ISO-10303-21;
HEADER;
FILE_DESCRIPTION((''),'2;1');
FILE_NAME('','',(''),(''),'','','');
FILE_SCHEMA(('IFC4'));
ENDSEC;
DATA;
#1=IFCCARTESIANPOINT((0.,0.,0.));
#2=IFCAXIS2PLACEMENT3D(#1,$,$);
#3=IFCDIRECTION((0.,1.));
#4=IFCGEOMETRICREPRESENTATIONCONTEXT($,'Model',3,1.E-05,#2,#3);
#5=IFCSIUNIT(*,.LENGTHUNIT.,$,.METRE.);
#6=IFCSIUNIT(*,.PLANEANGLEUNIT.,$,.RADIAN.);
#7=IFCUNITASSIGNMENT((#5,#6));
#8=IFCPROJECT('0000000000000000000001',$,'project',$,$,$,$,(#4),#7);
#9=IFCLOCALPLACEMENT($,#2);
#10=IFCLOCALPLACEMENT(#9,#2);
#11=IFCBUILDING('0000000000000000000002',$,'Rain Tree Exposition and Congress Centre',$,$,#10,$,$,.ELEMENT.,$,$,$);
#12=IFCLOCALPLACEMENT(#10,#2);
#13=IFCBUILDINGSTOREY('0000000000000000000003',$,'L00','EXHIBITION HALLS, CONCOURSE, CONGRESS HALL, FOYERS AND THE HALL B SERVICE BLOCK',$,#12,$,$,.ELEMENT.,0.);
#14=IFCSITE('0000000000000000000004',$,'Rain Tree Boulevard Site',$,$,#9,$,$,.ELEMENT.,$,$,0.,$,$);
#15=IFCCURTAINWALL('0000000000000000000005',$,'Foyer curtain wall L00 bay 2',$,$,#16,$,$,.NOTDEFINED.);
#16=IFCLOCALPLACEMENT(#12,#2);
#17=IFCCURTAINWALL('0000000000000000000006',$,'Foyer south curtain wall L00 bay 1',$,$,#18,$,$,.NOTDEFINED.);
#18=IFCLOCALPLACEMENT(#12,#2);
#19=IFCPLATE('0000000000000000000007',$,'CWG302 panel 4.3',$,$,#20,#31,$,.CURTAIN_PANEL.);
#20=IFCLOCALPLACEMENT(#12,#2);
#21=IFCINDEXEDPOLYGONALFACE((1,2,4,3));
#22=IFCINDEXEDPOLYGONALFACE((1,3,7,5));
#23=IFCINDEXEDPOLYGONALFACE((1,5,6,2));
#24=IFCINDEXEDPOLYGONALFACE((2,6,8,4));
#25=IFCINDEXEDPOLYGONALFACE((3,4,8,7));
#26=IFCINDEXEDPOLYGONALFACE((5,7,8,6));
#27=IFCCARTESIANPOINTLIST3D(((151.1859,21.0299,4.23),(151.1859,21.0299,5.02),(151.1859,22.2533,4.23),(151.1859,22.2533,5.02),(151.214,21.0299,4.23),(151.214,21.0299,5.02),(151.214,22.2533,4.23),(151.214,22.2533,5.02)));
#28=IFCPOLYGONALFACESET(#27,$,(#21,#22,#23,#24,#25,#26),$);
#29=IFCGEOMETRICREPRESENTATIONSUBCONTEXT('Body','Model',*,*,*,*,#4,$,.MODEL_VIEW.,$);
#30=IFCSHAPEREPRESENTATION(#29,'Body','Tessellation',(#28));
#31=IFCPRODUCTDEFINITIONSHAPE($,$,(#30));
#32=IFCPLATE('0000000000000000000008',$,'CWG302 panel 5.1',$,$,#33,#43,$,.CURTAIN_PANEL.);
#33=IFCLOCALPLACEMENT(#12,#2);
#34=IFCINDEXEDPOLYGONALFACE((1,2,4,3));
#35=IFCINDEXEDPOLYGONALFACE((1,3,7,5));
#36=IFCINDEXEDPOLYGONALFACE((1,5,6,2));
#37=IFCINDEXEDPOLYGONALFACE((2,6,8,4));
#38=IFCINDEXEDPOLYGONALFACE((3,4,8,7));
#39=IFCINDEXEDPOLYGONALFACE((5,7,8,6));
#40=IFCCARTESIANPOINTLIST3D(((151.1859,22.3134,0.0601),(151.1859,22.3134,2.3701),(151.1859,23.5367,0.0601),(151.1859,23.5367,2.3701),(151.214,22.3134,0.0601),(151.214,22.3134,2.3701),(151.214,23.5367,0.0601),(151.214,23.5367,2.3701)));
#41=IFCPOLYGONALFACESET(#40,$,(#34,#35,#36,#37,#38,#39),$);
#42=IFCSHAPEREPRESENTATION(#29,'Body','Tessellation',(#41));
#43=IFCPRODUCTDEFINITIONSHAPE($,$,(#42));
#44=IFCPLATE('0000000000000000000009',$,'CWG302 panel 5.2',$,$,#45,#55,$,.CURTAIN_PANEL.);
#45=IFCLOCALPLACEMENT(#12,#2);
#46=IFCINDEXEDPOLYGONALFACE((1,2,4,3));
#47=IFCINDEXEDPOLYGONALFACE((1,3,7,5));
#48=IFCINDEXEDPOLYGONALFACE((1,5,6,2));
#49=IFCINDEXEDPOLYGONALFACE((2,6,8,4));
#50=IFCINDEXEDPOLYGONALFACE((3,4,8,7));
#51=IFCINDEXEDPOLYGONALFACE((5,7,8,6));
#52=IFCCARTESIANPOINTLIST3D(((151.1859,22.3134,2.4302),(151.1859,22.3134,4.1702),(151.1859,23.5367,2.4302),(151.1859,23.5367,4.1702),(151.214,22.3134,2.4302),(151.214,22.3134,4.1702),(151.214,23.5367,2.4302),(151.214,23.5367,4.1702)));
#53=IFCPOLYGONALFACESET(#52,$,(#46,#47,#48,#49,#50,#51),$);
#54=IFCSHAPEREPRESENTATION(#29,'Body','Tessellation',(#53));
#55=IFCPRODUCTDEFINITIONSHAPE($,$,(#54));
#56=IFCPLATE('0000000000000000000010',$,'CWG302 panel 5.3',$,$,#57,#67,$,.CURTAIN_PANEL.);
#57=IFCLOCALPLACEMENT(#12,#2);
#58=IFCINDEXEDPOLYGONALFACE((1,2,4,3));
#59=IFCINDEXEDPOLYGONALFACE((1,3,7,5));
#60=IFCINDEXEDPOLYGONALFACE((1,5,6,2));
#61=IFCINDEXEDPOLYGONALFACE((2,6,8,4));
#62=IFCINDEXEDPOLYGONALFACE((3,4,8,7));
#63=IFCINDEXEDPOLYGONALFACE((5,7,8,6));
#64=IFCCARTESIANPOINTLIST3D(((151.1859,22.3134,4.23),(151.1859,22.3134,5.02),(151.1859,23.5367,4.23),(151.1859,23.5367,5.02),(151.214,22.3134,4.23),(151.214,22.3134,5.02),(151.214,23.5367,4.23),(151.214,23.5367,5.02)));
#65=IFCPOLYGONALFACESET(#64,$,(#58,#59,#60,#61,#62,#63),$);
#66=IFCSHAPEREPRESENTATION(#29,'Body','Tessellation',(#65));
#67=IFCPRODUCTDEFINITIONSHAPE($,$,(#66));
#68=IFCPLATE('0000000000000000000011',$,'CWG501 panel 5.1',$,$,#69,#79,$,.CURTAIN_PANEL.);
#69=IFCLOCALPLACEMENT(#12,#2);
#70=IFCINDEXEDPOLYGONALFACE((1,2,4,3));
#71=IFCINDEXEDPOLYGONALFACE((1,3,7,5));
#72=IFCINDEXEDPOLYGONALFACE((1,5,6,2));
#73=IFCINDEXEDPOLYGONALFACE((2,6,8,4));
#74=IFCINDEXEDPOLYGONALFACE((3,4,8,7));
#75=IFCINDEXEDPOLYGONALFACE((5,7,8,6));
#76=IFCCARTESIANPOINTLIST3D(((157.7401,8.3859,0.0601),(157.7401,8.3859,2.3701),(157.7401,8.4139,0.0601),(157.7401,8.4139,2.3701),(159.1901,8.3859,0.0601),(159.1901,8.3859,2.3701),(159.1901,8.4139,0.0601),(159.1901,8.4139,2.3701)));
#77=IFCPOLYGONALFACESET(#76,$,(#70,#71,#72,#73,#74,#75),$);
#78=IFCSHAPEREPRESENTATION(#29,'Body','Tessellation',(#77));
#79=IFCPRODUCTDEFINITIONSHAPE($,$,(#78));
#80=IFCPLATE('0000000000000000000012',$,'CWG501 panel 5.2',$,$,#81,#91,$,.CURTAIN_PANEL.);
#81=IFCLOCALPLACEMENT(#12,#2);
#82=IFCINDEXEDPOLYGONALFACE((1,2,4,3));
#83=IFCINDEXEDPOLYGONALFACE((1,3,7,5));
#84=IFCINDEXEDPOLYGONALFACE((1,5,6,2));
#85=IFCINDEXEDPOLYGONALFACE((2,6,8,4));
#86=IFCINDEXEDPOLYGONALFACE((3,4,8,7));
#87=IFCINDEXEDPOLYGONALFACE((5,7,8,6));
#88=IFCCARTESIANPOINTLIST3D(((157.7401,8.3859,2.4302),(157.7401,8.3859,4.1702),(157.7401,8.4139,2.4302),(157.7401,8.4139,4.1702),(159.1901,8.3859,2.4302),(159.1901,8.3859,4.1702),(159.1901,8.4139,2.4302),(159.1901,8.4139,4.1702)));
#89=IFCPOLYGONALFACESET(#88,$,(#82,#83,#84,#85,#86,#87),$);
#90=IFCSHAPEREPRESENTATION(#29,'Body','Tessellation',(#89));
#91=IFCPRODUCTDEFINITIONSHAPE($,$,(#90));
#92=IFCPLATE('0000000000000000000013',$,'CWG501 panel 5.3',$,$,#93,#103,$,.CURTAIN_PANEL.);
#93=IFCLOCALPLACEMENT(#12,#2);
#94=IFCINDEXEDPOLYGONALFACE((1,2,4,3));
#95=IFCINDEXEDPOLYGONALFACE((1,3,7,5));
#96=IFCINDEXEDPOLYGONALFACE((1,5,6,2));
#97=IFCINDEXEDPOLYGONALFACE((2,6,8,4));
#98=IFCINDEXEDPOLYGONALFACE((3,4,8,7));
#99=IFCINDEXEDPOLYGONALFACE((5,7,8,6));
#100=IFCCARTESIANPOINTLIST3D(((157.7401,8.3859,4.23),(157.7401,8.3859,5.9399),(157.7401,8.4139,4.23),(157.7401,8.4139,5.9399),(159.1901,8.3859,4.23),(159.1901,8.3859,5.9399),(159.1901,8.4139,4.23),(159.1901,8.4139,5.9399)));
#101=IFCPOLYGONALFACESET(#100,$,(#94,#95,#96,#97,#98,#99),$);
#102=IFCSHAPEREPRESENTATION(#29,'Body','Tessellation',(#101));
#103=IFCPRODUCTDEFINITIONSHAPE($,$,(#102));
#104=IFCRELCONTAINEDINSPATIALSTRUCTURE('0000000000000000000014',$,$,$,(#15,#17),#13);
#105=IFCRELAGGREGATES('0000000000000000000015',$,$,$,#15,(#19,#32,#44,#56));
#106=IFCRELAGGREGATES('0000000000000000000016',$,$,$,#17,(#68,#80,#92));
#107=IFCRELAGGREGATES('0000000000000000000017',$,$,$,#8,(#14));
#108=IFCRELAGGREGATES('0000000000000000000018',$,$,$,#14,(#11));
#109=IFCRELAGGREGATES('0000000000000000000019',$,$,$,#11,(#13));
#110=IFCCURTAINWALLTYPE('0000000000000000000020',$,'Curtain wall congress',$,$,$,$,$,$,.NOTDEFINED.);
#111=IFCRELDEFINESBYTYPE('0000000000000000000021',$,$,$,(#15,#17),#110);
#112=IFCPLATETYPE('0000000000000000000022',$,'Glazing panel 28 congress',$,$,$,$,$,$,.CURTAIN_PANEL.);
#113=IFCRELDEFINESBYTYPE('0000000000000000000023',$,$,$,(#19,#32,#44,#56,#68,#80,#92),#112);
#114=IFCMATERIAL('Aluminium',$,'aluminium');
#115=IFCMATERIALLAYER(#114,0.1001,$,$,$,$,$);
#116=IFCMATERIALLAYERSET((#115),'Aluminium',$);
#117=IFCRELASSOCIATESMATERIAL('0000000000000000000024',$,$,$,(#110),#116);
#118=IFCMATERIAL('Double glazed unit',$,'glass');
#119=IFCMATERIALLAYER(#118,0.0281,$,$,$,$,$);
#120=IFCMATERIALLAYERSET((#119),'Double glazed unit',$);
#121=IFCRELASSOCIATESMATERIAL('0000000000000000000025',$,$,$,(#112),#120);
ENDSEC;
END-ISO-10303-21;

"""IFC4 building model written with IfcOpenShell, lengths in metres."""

from ifc_helpers import new_model, si_unit, direction, frame, origin, origin_2d, place, context, subcontext, project, spatial, rectangle, extrude, material, layer, layer_set, type_object, element, aggregate, save


model = new_model("IFC4")

# Units and contexts
model_context = context("Model", 3, precision=1e-05, world=origin(), true_north=direction((0.0, 1.0)))
body_context = subcontext(model_context, "Body", "Model", "MODEL_VIEW")
ifc_project = project(units=[si_unit("LENGTHUNIT", "METRE"), si_unit("PLANEANGLEUNIT", "RADIAN")], contexts=[model_context])

# Site, building, storey
site_placement = place(None, origin())
site = spatial("IfcSite", under=ifc_project, at=site_placement, Name="Rain Tree Boulevard Site", CompositionType="ELEMENT", RefElevation=0.0)
building_placement = place(site_placement, origin())
building = spatial("IfcBuilding", under=site, at=building_placement, Name="Rain Tree Exposition and Congress Centre", CompositionType="ELEMENT")
storey_placement = place(building_placement, origin())
storey = spatial("IfcBuildingStorey", under=building, at=storey_placement, Name="L00", Description="EXHIBITION HALLS, CONCOURSE, CONGRESS HALL, FOYERS AND THE HALL B SERVICE BLOCK", CompositionType="ELEMENT", Elevation=0.0)

# Curtain wall
ifc_material_1 = material(Name="Aluminium", Category="aluminium")
ifc_layer_1 = layer(ifc_material_1, 0.1001)
ifc_layer_set_1 = layer_set([ifc_layer_1], Name="Aluminium")
curtain_wall_type = type_object("IfcCurtainWallType", Name="Curtain wall congress", PredefinedType="NOTDEFINED", material=ifc_layer_set_1)
curtain_wall_1_placement = place(storey_placement, origin())
curtain_wall_1 = element("IfcCurtainWall", 1, at=curtain_wall_1_placement, inside=storey, type_object=curtain_wall_type, Name="Foyer curtain wall L00 bay 2", PredefinedType="NOTDEFINED")

# Curtain wall
curtain_wall_2_placement = place(storey_placement, origin())
curtain_wall_2 = element("IfcCurtainWall", 2, at=curtain_wall_2_placement, inside=storey, type_object=curtain_wall_type, Name="Foyer south curtain wall L00 bay 1", PredefinedType="NOTDEFINED")

# Plates
ifc_material_2 = material(Name="Double glazed unit", Category="glass")
ifc_layer_2 = layer(ifc_material_2, 0.0281)
ifc_layer_set_2 = layer_set([ifc_layer_2], Name="Double glazed unit")
plate_type = type_object("IfcPlateType", Name="Glazing panel 28 congress", PredefinedType="CURTAIN_PANEL", material=ifc_layer_set_2)
plate_1_placement = place(storey_placement, frame((151.2, 21.6416, 4.23), z_axis=(0.0, 0.0, 1.0), x_axis=(0.0, 1.0, 0.0)))
plate_1 = element("IfcPlate", 3, at=plate_1_placement, type_object=plate_type, Name="CWG302 panel 4.3", PredefinedType="CURTAIN_PANEL", context=body_context, shape_type="SweptSolid", body=[
    extrude(rectangle(XDim=1.2234, YDim=0.0281, at=origin_2d()), origin(), (0.0, 0.0, 1.0), 0.79),
])
plate_2_placement = place(storey_placement, frame((151.2, 22.925, 0.0601), z_axis=(0.0, 0.0, 1.0), x_axis=(0.0, 1.0, 0.0)))
plate_2 = element("IfcPlate", 4, at=plate_2_placement, type_object=plate_type, Name="CWG302 panel 5.1", PredefinedType="CURTAIN_PANEL", context=body_context, shape_type="SweptSolid", body=[
    extrude(rectangle(XDim=1.2234, YDim=0.0281, at=origin_2d()), origin(), (0.0, 0.0, 1.0), 2.3101),
])
plate_3_placement = place(storey_placement, frame((151.2, 22.925, 2.4302), z_axis=(0.0, 0.0, 1.0), x_axis=(0.0, 1.0, 0.0)))
plate_3 = element("IfcPlate", 5, at=plate_3_placement, type_object=plate_type, Name="CWG302 panel 5.2", PredefinedType="CURTAIN_PANEL", context=body_context, shape_type="SweptSolid", body=[
    extrude(rectangle(XDim=1.2234, YDim=0.0281, at=origin_2d()), origin(), (0.0, 0.0, 1.0), 1.74),
])
plate_4_placement = place(storey_placement, frame((151.2, 22.925, 4.23), z_axis=(0.0, 0.0, 1.0), x_axis=(0.0, 1.0, 0.0)))
plate_4 = element("IfcPlate", 6, at=plate_4_placement, type_object=plate_type, Name="CWG302 panel 5.3", PredefinedType="CURTAIN_PANEL", context=body_context, shape_type="SweptSolid", body=[
    extrude(rectangle(XDim=1.2234, YDim=0.0281, at=origin_2d()), origin(), (0.0, 0.0, 1.0), 0.79),
])
aggregate(curtain_wall_1, [plate_1, plate_2, plate_3, plate_4])
plate_5_placement = place(storey_placement, frame((158.4651, 8.3999, 0.0601), z_axis=(0.0, 0.0, 1.0), x_axis=(1.0, 0.0, 0.0)))
plate_5 = element("IfcPlate", 7, at=plate_5_placement, type_object=plate_type, Name="CWG501 panel 5.1", PredefinedType="CURTAIN_PANEL", context=body_context, shape_type="SweptSolid", body=[
    extrude(rectangle(XDim=1.45, YDim=0.0281, at=origin_2d()), origin(), (0.0, 0.0, 1.0), 2.3101),
])
plate_6_placement = place(storey_placement, frame((158.4651, 8.3999, 2.4302), z_axis=(0.0, 0.0, 1.0), x_axis=(1.0, 0.0, 0.0)))
plate_6 = element("IfcPlate", 8, at=plate_6_placement, type_object=plate_type, Name="CWG501 panel 5.2", PredefinedType="CURTAIN_PANEL", context=body_context, shape_type="SweptSolid", body=[
    extrude(rectangle(XDim=1.45, YDim=0.0281, at=origin_2d()), origin(), (0.0, 0.0, 1.0), 1.74),
])
plate_7_placement = place(storey_placement, frame((158.4651, 8.3999, 4.23), z_axis=(0.0, 0.0, 1.0), x_axis=(1.0, 0.0, 0.0)))
plate_7 = element("IfcPlate", 9, at=plate_7_placement, type_object=plate_type, Name="CWG501 panel 5.3", PredefinedType="CURTAIN_PANEL", context=body_context, shape_type="SweptSolid", body=[
    extrude(rectangle(XDim=1.45, YDim=0.0281, at=origin_2d()), origin(), (0.0, 0.0, 1.0), 1.71),
])
aggregate(curtain_wall_2, [plate_5, plate_6, plate_7])

save(model, "model.ifc")
